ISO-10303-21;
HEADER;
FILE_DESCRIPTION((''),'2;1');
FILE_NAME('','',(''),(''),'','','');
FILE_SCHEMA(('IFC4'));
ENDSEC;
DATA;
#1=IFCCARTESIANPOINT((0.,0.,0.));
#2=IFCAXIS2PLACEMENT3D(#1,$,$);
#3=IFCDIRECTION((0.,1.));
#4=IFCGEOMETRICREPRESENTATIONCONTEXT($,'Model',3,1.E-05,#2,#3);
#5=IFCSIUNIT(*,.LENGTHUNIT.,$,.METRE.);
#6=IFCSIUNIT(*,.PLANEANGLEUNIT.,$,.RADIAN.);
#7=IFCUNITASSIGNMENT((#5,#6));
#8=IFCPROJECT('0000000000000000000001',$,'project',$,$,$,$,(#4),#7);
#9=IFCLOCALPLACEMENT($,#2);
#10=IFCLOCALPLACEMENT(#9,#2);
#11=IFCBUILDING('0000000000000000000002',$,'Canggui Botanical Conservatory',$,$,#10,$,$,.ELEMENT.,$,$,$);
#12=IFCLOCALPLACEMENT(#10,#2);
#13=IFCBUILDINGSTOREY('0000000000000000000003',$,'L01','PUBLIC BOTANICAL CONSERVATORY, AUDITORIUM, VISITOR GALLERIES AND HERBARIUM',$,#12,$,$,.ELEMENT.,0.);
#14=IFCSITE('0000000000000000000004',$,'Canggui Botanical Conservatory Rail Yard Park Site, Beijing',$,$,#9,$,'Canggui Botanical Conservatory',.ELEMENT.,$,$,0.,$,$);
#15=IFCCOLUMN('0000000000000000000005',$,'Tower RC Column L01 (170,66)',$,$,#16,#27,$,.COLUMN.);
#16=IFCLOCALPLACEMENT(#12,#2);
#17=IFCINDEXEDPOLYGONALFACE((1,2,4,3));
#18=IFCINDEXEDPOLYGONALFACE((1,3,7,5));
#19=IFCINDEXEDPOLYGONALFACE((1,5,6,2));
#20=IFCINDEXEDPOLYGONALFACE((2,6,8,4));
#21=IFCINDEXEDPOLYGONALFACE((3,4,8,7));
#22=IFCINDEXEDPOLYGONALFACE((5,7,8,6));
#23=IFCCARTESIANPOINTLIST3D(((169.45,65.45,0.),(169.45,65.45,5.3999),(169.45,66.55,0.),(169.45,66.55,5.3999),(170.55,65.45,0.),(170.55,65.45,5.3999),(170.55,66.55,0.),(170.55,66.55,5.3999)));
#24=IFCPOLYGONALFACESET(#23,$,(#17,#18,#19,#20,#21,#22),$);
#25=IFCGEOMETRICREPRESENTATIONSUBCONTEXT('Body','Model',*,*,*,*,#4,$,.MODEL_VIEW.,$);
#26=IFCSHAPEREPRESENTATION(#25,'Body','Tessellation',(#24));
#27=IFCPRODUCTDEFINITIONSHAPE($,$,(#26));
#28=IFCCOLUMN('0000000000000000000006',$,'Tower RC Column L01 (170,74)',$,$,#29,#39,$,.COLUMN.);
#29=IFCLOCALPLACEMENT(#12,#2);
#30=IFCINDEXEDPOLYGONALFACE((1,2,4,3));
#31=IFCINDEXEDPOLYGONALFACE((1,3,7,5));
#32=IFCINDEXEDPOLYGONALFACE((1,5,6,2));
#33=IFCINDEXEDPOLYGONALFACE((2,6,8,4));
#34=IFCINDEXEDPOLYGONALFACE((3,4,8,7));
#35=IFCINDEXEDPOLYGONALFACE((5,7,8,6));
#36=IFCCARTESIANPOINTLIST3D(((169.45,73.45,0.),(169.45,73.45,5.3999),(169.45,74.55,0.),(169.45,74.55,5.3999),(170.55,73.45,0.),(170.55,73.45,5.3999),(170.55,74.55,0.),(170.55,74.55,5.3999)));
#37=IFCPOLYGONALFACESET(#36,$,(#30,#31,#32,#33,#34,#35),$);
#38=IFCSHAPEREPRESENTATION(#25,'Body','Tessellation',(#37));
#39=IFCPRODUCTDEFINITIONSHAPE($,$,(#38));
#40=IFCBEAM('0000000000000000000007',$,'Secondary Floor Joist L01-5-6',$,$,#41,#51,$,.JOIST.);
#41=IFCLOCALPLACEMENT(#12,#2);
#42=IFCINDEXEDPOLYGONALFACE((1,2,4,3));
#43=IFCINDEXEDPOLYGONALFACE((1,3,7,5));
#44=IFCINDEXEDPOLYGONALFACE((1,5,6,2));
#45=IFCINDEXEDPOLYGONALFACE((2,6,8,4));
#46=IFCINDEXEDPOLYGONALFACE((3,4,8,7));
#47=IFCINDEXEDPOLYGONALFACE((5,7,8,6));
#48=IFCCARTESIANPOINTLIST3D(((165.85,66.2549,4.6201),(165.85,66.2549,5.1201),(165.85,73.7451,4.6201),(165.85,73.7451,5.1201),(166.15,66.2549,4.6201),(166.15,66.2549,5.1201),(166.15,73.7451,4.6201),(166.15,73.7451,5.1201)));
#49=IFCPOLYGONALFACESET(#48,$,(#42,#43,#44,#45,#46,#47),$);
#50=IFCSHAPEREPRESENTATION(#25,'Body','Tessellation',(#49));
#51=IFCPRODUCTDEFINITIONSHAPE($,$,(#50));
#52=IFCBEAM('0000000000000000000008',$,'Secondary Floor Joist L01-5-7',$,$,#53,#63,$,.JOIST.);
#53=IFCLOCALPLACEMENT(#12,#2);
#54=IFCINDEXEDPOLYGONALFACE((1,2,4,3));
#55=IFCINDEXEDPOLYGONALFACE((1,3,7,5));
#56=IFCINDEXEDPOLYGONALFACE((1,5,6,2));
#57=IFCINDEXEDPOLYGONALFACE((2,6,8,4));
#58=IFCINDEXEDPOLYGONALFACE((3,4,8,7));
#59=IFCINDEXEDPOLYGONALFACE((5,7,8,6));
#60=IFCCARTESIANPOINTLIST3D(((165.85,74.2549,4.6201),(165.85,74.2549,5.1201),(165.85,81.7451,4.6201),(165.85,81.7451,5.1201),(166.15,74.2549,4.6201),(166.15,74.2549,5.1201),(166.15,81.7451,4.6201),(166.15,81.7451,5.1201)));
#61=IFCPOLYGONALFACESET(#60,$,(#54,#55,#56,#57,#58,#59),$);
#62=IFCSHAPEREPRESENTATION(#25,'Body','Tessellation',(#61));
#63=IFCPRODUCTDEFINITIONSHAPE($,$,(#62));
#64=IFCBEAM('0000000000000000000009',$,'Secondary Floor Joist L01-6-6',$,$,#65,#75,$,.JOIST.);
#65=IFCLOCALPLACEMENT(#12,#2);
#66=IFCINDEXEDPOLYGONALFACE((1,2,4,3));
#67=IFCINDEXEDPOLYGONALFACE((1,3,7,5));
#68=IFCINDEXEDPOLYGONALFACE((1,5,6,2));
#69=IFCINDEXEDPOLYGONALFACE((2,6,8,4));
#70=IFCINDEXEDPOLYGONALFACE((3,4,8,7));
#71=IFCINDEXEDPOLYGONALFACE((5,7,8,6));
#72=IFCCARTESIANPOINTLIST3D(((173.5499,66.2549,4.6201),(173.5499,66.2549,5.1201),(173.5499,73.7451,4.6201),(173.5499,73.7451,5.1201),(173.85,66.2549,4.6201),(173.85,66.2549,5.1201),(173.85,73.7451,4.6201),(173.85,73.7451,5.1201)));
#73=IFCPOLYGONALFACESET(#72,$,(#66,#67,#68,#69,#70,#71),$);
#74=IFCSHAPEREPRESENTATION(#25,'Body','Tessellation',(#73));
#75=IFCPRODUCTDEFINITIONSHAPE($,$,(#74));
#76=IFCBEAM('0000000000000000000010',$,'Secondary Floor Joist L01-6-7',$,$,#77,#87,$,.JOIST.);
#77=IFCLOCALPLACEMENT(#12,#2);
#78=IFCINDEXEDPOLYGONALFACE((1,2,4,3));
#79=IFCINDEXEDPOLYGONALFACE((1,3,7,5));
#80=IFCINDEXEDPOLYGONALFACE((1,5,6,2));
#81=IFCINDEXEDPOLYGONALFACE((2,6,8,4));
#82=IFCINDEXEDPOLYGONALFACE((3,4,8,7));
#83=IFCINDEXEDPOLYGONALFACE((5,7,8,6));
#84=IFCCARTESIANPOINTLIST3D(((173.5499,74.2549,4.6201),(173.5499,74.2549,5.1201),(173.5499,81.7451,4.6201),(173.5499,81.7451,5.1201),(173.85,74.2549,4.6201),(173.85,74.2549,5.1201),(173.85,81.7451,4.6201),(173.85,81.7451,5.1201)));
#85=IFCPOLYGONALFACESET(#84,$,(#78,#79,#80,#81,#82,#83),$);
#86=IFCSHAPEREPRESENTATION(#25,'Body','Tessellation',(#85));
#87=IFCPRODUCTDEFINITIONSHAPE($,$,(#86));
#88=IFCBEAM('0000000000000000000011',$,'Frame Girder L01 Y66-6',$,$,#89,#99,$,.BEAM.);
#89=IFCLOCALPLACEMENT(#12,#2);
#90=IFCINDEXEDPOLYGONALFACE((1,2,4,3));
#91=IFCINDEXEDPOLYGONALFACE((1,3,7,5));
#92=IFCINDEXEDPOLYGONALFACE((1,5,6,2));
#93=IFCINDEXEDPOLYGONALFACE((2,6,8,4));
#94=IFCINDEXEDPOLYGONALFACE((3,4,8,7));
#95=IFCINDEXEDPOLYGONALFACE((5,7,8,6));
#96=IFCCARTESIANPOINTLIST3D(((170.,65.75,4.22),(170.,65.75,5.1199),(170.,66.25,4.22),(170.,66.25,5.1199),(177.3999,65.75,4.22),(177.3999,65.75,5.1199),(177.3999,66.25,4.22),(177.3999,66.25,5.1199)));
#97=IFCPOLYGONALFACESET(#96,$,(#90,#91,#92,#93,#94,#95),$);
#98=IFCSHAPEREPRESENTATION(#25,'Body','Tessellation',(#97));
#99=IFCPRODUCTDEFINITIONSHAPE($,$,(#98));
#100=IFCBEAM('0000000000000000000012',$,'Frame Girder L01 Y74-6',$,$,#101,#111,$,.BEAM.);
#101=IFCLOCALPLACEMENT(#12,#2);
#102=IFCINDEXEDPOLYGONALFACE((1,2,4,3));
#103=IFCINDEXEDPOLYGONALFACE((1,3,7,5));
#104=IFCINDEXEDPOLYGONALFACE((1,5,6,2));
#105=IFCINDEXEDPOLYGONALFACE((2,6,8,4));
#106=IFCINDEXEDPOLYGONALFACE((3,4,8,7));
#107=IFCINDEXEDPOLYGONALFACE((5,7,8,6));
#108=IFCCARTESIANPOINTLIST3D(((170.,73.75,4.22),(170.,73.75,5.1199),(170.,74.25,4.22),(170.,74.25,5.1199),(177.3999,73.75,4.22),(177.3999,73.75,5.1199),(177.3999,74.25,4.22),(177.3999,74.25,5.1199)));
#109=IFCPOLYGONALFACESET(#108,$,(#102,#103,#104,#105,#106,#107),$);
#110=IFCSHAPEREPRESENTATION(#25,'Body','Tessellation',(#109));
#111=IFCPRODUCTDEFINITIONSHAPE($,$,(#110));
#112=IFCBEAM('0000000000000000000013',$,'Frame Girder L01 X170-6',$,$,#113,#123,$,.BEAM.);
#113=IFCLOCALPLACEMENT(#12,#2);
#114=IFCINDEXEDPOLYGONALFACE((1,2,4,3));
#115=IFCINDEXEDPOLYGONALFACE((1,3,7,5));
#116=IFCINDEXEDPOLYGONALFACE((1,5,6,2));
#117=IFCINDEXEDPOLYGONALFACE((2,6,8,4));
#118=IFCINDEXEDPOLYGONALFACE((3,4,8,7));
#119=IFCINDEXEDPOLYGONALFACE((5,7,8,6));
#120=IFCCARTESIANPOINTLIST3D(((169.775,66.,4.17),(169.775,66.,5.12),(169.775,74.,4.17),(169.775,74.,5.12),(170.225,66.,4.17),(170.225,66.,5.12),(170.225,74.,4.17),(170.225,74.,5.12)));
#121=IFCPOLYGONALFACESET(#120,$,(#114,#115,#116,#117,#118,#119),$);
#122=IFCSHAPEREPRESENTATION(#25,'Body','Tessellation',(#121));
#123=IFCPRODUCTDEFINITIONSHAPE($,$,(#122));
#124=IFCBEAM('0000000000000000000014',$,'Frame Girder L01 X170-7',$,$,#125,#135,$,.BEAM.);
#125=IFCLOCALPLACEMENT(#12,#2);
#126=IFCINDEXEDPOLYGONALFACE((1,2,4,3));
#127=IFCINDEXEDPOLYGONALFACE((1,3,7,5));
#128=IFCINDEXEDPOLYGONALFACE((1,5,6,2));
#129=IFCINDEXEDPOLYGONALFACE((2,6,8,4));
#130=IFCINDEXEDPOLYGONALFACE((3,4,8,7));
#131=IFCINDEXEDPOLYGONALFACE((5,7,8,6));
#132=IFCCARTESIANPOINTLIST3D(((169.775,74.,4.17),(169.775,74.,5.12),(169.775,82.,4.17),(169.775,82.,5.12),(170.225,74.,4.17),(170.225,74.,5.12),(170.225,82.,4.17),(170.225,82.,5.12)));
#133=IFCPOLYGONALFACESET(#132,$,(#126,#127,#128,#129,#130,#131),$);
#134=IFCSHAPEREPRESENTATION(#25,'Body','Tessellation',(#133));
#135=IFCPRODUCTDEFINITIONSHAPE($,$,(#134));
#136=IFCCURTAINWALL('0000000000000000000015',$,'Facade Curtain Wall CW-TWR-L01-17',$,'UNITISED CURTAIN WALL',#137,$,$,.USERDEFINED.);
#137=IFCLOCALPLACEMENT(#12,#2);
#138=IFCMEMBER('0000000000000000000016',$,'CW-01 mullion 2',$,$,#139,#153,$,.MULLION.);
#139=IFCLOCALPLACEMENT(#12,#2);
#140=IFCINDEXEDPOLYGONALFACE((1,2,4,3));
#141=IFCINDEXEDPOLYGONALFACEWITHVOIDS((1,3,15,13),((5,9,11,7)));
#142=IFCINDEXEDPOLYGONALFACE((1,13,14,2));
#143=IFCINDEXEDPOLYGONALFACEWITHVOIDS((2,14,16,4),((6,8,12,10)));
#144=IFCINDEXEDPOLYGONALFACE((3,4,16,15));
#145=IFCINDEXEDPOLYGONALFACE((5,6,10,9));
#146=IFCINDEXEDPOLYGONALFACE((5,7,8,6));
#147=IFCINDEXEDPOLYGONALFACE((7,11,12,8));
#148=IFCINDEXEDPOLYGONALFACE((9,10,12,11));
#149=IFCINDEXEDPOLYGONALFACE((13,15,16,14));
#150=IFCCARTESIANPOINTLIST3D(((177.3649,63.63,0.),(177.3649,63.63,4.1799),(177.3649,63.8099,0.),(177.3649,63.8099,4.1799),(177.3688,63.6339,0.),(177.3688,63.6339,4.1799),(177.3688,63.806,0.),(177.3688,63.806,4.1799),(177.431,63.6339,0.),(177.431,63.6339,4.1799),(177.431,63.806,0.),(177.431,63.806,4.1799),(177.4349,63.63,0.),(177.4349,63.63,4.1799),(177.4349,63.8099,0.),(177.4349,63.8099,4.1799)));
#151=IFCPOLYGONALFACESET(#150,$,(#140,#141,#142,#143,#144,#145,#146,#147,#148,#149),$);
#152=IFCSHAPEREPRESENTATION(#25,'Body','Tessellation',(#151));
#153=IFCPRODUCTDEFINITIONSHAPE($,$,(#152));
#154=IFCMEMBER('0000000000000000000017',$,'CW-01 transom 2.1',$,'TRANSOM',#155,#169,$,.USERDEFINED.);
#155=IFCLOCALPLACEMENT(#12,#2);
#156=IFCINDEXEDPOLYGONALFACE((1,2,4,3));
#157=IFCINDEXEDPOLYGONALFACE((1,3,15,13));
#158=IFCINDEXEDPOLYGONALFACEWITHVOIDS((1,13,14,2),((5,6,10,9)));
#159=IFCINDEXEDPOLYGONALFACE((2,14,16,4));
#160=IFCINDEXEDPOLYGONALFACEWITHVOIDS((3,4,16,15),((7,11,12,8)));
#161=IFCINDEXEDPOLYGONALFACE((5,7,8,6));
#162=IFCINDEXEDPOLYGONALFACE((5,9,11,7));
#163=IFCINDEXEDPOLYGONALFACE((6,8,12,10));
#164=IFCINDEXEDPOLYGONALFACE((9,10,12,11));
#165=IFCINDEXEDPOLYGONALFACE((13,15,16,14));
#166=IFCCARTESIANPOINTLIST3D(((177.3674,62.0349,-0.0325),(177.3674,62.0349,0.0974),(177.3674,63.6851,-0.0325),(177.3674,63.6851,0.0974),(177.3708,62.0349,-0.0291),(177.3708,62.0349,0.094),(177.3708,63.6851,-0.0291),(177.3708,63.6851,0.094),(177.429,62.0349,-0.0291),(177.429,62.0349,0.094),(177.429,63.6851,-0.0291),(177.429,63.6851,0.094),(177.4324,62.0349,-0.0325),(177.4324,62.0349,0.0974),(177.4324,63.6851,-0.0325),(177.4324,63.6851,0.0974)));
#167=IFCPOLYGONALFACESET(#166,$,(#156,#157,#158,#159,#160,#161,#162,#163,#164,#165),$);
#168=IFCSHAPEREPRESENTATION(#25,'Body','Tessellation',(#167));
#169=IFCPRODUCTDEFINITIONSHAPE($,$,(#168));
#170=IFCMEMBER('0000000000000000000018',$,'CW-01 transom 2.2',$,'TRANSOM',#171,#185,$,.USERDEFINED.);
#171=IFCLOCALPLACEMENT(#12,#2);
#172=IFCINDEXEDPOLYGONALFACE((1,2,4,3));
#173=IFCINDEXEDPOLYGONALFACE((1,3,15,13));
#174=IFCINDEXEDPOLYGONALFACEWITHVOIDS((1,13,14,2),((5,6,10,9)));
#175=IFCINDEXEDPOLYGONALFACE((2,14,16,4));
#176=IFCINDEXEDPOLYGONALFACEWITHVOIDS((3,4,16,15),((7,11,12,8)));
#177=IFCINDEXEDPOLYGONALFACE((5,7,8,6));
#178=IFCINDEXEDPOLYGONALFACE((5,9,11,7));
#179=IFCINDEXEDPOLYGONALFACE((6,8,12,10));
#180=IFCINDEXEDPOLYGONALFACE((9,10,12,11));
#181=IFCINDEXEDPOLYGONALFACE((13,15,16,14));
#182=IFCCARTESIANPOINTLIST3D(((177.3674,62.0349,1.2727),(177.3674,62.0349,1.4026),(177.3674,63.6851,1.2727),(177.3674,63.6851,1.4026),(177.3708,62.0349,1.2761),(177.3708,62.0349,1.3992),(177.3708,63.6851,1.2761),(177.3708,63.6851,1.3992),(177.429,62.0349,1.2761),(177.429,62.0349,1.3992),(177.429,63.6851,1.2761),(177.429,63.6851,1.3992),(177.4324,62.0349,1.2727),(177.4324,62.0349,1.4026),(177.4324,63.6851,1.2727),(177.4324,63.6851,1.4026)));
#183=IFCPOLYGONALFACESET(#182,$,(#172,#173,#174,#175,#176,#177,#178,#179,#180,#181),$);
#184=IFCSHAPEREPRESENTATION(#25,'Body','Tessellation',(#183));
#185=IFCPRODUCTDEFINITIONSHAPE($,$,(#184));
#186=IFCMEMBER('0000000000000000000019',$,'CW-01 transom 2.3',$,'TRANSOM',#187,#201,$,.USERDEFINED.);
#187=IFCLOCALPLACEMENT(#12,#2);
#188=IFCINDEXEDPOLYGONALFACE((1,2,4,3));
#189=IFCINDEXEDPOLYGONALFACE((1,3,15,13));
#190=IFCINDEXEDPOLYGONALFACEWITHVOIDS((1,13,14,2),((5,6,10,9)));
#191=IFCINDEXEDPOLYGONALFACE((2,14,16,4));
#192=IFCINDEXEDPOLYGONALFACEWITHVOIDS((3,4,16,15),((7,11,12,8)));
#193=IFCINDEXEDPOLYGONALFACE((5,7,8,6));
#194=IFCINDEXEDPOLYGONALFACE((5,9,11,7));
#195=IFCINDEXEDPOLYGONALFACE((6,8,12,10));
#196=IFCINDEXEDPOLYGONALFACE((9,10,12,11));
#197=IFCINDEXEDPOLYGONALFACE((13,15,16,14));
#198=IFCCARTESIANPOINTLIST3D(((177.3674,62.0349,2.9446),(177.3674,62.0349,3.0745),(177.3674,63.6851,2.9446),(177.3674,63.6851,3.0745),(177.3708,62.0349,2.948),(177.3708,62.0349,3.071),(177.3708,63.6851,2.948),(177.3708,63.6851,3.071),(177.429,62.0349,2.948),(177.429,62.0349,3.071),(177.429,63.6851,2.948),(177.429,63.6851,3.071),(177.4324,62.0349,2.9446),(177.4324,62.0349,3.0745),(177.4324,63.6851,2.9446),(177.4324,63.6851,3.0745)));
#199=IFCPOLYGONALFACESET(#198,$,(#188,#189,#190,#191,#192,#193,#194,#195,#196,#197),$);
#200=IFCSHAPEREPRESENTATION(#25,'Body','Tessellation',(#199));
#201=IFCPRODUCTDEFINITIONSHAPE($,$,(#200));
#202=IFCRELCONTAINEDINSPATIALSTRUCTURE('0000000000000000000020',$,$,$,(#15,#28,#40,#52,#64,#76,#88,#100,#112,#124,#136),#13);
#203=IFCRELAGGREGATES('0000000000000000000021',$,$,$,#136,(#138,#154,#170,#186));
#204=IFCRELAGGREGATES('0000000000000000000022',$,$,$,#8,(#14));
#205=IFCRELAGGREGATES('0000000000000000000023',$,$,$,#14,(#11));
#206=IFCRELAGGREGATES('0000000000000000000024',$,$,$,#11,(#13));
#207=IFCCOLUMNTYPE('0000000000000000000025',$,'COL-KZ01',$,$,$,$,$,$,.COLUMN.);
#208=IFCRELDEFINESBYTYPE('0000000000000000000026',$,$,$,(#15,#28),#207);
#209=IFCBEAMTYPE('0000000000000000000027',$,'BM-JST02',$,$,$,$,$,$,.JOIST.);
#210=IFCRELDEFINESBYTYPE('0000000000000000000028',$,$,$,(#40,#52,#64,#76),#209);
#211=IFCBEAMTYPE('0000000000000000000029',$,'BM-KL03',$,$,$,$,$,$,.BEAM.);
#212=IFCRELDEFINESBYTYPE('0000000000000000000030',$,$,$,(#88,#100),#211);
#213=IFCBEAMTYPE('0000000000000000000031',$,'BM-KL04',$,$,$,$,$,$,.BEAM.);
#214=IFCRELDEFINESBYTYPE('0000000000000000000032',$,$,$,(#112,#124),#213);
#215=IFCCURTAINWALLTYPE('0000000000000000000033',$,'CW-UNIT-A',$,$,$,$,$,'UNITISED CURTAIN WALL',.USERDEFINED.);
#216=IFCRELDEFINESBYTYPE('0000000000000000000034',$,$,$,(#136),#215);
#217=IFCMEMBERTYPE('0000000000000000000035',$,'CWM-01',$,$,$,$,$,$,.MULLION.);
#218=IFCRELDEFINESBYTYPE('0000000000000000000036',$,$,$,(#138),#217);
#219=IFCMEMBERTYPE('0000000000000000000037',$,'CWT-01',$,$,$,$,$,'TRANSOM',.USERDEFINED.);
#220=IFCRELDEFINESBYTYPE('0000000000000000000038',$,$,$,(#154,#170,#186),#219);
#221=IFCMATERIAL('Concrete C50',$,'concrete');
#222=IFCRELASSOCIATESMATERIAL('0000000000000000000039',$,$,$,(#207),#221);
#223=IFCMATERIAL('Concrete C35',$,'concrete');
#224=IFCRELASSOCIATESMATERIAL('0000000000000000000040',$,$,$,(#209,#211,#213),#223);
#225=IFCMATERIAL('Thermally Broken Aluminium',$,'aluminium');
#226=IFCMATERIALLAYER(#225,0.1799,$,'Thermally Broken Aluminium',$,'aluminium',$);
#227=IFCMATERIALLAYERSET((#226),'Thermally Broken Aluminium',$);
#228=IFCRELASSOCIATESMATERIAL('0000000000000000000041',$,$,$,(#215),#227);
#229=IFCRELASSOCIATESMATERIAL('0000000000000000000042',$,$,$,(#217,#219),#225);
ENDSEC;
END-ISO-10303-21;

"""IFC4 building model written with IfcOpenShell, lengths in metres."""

from ifc_helpers import new_model, si_unit, direction, frame, origin, origin_2d, place, context, subcontext, project, spatial, rectangle, hollow_rectangle, extrude, material, layer, layer_set, material_profile, profile_set, type_object, element, aggregate, save


model = new_model("IFC4")

# Units and contexts
model_context = context("Model", 3, precision=1e-05, world=origin(), true_north=direction((0.0, 1.0)))
body_context = subcontext(model_context, "Body", "Model", "MODEL_VIEW")
ifc_project = project(units=[si_unit("LENGTHUNIT", "METRE"), si_unit("PLANEANGLEUNIT", "RADIAN")], contexts=[model_context])

# Site, building, storey
site_placement = place(None, origin())
site = spatial("IfcSite", under=ifc_project, at=site_placement, Name="Canggui Botanical Conservatory Rail Yard Park Site, Beijing", LongName="Canggui Botanical Conservatory", CompositionType="ELEMENT", RefElevation=0.0)
building_placement = place(site_placement, origin())
building = spatial("IfcBuilding", under=site, at=building_placement, Name="Canggui Botanical Conservatory", CompositionType="ELEMENT")
storey_placement = place(building_placement, origin())
storey = spatial("IfcBuildingStorey", under=building, at=storey_placement, Name="L01", Description="PUBLIC BOTANICAL CONSERVATORY, AUDITORIUM, VISITOR GALLERIES AND HERBARIUM", CompositionType="ELEMENT", Elevation=0.0)

# Columns
ifc_material_1 = material(Name="Concrete C50", Category="concrete")
ifc_material_profile_1 = material_profile(ifc_material_1, rectangle(XDim=1.1001, YDim=1.1001, at=origin_2d()), Name="RC 1100x1100")
ifc_profile_set_1 = profile_set([ifc_material_profile_1], Name="Concrete C50")
column_type = type_object("IfcColumnType", Name="COL-KZ01", PredefinedType="COLUMN", material=ifc_profile_set_1)
for number, where, z_axis, x_axis, name in (
    (1, (170.0, 66.0, 0.0), (0.0, 0.0, 1.0), (1.0, 0.0, 0.0), "Tower RC Column L01 (170,66)"),
    (2, (170.0, 74.0, 0.0), (0.0, 0.0, 1.0), (1.0, 0.0, 0.0), "Tower RC Column L01 (170,74)"),
):
    element("IfcColumn", number, at=place(storey_placement, frame(where, z_axis=z_axis, x_axis=x_axis)), inside=storey, type_object=column_type, Name=name, PredefinedType="COLUMN", context=body_context, shape_type="SweptSolid", body=[
        extrude(rectangle(XDim=1.1001, YDim=1.1001, at=origin_2d()), origin(), (0.0, 0.0, 1.0), 5.3999),
    ])

# Beams
ifc_material_2 = material(Name="Concrete C35", Category="concrete")
ifc_material_profile_2 = material_profile(ifc_material_2, rectangle(XDim=0.3, YDim=0.5, at=origin_2d()), Name="RB 300x500")
ifc_profile_set_2 = profile_set([ifc_material_profile_2], Name="Concrete C35")
beam_type_1 = type_object("IfcBeamType", Name="BM-JST02", PredefinedType="JOIST", material=ifc_profile_set_2)
for number, where, z_axis, x_axis, name in (
    (3, (166.0, 66.2549, 4.8701), (0.0, 1.0, 0.0), (-1.0, 0.0, 0.0), "Secondary Floor Joist L01-5-6"),
    (4, (166.0, 74.2549, 4.8701), (0.0, 1.0, 0.0), (-1.0, 0.0, 0.0), "Secondary Floor Joist L01-5-7"),
    (5, (173.7, 66.2549, 4.8701), (0.0, 1.0, 0.0), (-1.0, 0.0, 0.0), "Secondary Floor Joist L01-6-6"),
    (6, (173.7, 74.2549, 4.8701), (0.0, 1.0, 0.0), (-1.0, 0.0, 0.0), "Secondary Floor Joist L01-6-7"),
):
    element("IfcBeam", number, at=place(storey_placement, frame(where, z_axis=z_axis, x_axis=x_axis)), inside=storey, type_object=beam_type_1, Name=name, PredefinedType="JOIST", context=body_context, shape_type="SweptSolid", body=[
        extrude(rectangle(XDim=0.3, YDim=0.5, at=origin_2d()), origin(), (0.0, 0.0, 1.0), 7.4902),
    ])
ifc_material_profile_3 = material_profile(ifc_material_2, rectangle(XDim=0.5, YDim=0.8999, at=origin_2d()), Name="RB 500x900")
ifc_profile_set_3 = profile_set([ifc_material_profile_3], Name="Concrete C35")
beam_type_2 = type_object("IfcBeamType", Name="BM-KL03", PredefinedType="BEAM", material=ifc_profile_set_3)
for number, where, z_axis, x_axis, name in (
    (7, (170.0, 66.0, 4.6699), (1.0, 0.0, 0.0), (0.0, 1.0, 0.0), "Frame Girder L01 Y66-6"),
    (8, (170.0, 74.0, 4.6699), (1.0, 0.0, 0.0), (0.0, 1.0, 0.0), "Frame Girder L01 Y74-6"),
):
    element("IfcBeam", number, at=place(storey_placement, frame(where, z_axis=z_axis, x_axis=x_axis)), inside=storey, type_object=beam_type_2, Name=name, PredefinedType="BEAM", context=body_context, shape_type="SweptSolid", body=[
        extrude(rectangle(XDim=0.5, YDim=0.8999, at=origin_2d()), origin(), (0.0, 0.0, 1.0), 7.3999),
    ])
ifc_material_profile_4 = material_profile(ifc_material_2, rectangle(XDim=0.45, YDim=0.95, at=origin_2d()), Name="RB 450x950")
ifc_profile_set_4 = profile_set([ifc_material_profile_4], Name="Concrete C35")
beam_type_3 = type_object("IfcBeamType", Name="BM-KL04", PredefinedType="BEAM", material=ifc_profile_set_4)
for number, where, z_axis, x_axis, name in (
    (9, (170.0, 66.0, 4.645), (0.0, 1.0, 0.0), (-1.0, 0.0, 0.0), "Frame Girder L01 X170-6"),
    (10, (170.0, 74.0, 4.645), (0.0, 1.0, 0.0), (-1.0, 0.0, 0.0), "Frame Girder L01 X170-7"),
):
    element("IfcBeam", number, at=place(storey_placement, frame(where, z_axis=z_axis, x_axis=x_axis)), inside=storey, type_object=beam_type_3, Name=name, PredefinedType="BEAM", context=body_context, shape_type="SweptSolid", body=[
        extrude(rectangle(XDim=0.45, YDim=0.95, at=origin_2d()), origin(), (0.0, 0.0, 1.0), 8.0),
    ])

# Curtain wall, members
ifc_material_3 = material(Name="Thermally Broken Aluminium", Category="aluminium")
ifc_layer_1 = layer(ifc_material_3, 0.1799, Name="Thermally Broken Aluminium", Category="aluminium")
ifc_layer_set_1 = layer_set([ifc_layer_1], Name="Thermally Broken Aluminium")
curtain_wall_type = type_object("IfcCurtainWallType", Name="CW-UNIT-A", ElementType="UNITISED CURTAIN WALL", PredefinedType="USERDEFINED", material=ifc_layer_set_1)
curtain_wall_placement = place(storey_placement, origin())
curtain_wall = element("IfcCurtainWall", 11, at=curtain_wall_placement, inside=storey, type_object=curtain_wall_type, Name="Facade Curtain Wall CW-TWR-L01-17", ObjectType="UNITISED CURTAIN WALL", PredefinedType="USERDEFINED")
ifc_material_profile_5 = material_profile(ifc_material_3, hollow_rectangle(XDim=0.0701, YDim=0.1799, WallThickness=0.0039, at=origin_2d()), Name="CWM 70x180x4")
ifc_profile_set_5 = profile_set([ifc_material_profile_5], Name="Thermally Broken Aluminium")
member_type_1 = type_object("IfcMemberType", Name="CWM-01", PredefinedType="MULLION", material=ifc_profile_set_5)
member_1_placement = place(storey_placement, frame((177.3999, 63.72, 0.0), z_axis=(0.0, 0.0, 1.0), x_axis=(1.0, 0.0, 0.0)))
member_1 = element("IfcMember", 12, at=member_1_placement, type_object=member_type_1, Name="CW-01 mullion 2", PredefinedType="MULLION", context=body_context, shape_type="SweptSolid", body=[
    extrude(hollow_rectangle(XDim=0.0701, YDim=0.1799, WallThickness=0.0039, at=origin_2d()), origin(), (0.0, 0.0, 1.0), 4.1799),
])
ifc_material_profile_6 = material_profile(ifc_material_3, hollow_rectangle(XDim=0.0649, YDim=0.1299, WallThickness=0.0034, at=origin_2d()), Name="CWT 65x130x3.5")
ifc_profile_set_6 = profile_set([ifc_material_profile_6], Name="Thermally Broken Aluminium")
member_type_2 = type_object("IfcMemberType", Name="CWT-01", ElementType="TRANSOM", PredefinedType="USERDEFINED", material=ifc_profile_set_6)
member_2_placement = place(storey_placement, frame((177.3999, 63.6851, 0.0325), z_axis=(0.0, -1.0, 0.0), x_axis=(1.0, 0.0, 0.0)))
member_2 = element("IfcMember", 13, at=member_2_placement, type_object=member_type_2, Name="CW-01 transom 2.1", ObjectType="TRANSOM", PredefinedType="USERDEFINED", context=body_context, shape_type="SweptSolid", body=[
    extrude(hollow_rectangle(XDim=0.0649, YDim=0.1299, WallThickness=0.0034, at=origin_2d()), origin(), (0.0, 0.0, 1.0), 1.6501),
])
member_3_placement = place(storey_placement, frame((177.3999, 63.6851, 1.3376), z_axis=(0.0, -1.0, 0.0), x_axis=(1.0, 0.0, 0.0)))
member_3 = element("IfcMember", 14, at=member_3_placement, type_object=member_type_2, Name="CW-01 transom 2.2", ObjectType="TRANSOM", PredefinedType="USERDEFINED", context=body_context, shape_type="SweptSolid", body=[
    extrude(hollow_rectangle(XDim=0.0649, YDim=0.1299, WallThickness=0.0034, at=origin_2d()), origin(), (0.0, 0.0, 1.0), 1.6501),
])
member_4_placement = place(storey_placement, frame((177.3999, 63.6851, 3.0095), z_axis=(0.0, -1.0, 0.0), x_axis=(1.0, 0.0, 0.0)))
member_4 = element("IfcMember", 15, at=member_4_placement, type_object=member_type_2, Name="CW-01 transom 2.3", ObjectType="TRANSOM", PredefinedType="USERDEFINED", context=body_context, shape_type="SweptSolid", body=[
    extrude(hollow_rectangle(XDim=0.0649, YDim=0.1299, WallThickness=0.0034, at=origin_2d()), origin(), (0.0, 0.0, 1.0), 1.6501),
])
aggregate(curtain_wall, [member_1, member_2, member_3, member_4])

save(model, "model.ifc")
